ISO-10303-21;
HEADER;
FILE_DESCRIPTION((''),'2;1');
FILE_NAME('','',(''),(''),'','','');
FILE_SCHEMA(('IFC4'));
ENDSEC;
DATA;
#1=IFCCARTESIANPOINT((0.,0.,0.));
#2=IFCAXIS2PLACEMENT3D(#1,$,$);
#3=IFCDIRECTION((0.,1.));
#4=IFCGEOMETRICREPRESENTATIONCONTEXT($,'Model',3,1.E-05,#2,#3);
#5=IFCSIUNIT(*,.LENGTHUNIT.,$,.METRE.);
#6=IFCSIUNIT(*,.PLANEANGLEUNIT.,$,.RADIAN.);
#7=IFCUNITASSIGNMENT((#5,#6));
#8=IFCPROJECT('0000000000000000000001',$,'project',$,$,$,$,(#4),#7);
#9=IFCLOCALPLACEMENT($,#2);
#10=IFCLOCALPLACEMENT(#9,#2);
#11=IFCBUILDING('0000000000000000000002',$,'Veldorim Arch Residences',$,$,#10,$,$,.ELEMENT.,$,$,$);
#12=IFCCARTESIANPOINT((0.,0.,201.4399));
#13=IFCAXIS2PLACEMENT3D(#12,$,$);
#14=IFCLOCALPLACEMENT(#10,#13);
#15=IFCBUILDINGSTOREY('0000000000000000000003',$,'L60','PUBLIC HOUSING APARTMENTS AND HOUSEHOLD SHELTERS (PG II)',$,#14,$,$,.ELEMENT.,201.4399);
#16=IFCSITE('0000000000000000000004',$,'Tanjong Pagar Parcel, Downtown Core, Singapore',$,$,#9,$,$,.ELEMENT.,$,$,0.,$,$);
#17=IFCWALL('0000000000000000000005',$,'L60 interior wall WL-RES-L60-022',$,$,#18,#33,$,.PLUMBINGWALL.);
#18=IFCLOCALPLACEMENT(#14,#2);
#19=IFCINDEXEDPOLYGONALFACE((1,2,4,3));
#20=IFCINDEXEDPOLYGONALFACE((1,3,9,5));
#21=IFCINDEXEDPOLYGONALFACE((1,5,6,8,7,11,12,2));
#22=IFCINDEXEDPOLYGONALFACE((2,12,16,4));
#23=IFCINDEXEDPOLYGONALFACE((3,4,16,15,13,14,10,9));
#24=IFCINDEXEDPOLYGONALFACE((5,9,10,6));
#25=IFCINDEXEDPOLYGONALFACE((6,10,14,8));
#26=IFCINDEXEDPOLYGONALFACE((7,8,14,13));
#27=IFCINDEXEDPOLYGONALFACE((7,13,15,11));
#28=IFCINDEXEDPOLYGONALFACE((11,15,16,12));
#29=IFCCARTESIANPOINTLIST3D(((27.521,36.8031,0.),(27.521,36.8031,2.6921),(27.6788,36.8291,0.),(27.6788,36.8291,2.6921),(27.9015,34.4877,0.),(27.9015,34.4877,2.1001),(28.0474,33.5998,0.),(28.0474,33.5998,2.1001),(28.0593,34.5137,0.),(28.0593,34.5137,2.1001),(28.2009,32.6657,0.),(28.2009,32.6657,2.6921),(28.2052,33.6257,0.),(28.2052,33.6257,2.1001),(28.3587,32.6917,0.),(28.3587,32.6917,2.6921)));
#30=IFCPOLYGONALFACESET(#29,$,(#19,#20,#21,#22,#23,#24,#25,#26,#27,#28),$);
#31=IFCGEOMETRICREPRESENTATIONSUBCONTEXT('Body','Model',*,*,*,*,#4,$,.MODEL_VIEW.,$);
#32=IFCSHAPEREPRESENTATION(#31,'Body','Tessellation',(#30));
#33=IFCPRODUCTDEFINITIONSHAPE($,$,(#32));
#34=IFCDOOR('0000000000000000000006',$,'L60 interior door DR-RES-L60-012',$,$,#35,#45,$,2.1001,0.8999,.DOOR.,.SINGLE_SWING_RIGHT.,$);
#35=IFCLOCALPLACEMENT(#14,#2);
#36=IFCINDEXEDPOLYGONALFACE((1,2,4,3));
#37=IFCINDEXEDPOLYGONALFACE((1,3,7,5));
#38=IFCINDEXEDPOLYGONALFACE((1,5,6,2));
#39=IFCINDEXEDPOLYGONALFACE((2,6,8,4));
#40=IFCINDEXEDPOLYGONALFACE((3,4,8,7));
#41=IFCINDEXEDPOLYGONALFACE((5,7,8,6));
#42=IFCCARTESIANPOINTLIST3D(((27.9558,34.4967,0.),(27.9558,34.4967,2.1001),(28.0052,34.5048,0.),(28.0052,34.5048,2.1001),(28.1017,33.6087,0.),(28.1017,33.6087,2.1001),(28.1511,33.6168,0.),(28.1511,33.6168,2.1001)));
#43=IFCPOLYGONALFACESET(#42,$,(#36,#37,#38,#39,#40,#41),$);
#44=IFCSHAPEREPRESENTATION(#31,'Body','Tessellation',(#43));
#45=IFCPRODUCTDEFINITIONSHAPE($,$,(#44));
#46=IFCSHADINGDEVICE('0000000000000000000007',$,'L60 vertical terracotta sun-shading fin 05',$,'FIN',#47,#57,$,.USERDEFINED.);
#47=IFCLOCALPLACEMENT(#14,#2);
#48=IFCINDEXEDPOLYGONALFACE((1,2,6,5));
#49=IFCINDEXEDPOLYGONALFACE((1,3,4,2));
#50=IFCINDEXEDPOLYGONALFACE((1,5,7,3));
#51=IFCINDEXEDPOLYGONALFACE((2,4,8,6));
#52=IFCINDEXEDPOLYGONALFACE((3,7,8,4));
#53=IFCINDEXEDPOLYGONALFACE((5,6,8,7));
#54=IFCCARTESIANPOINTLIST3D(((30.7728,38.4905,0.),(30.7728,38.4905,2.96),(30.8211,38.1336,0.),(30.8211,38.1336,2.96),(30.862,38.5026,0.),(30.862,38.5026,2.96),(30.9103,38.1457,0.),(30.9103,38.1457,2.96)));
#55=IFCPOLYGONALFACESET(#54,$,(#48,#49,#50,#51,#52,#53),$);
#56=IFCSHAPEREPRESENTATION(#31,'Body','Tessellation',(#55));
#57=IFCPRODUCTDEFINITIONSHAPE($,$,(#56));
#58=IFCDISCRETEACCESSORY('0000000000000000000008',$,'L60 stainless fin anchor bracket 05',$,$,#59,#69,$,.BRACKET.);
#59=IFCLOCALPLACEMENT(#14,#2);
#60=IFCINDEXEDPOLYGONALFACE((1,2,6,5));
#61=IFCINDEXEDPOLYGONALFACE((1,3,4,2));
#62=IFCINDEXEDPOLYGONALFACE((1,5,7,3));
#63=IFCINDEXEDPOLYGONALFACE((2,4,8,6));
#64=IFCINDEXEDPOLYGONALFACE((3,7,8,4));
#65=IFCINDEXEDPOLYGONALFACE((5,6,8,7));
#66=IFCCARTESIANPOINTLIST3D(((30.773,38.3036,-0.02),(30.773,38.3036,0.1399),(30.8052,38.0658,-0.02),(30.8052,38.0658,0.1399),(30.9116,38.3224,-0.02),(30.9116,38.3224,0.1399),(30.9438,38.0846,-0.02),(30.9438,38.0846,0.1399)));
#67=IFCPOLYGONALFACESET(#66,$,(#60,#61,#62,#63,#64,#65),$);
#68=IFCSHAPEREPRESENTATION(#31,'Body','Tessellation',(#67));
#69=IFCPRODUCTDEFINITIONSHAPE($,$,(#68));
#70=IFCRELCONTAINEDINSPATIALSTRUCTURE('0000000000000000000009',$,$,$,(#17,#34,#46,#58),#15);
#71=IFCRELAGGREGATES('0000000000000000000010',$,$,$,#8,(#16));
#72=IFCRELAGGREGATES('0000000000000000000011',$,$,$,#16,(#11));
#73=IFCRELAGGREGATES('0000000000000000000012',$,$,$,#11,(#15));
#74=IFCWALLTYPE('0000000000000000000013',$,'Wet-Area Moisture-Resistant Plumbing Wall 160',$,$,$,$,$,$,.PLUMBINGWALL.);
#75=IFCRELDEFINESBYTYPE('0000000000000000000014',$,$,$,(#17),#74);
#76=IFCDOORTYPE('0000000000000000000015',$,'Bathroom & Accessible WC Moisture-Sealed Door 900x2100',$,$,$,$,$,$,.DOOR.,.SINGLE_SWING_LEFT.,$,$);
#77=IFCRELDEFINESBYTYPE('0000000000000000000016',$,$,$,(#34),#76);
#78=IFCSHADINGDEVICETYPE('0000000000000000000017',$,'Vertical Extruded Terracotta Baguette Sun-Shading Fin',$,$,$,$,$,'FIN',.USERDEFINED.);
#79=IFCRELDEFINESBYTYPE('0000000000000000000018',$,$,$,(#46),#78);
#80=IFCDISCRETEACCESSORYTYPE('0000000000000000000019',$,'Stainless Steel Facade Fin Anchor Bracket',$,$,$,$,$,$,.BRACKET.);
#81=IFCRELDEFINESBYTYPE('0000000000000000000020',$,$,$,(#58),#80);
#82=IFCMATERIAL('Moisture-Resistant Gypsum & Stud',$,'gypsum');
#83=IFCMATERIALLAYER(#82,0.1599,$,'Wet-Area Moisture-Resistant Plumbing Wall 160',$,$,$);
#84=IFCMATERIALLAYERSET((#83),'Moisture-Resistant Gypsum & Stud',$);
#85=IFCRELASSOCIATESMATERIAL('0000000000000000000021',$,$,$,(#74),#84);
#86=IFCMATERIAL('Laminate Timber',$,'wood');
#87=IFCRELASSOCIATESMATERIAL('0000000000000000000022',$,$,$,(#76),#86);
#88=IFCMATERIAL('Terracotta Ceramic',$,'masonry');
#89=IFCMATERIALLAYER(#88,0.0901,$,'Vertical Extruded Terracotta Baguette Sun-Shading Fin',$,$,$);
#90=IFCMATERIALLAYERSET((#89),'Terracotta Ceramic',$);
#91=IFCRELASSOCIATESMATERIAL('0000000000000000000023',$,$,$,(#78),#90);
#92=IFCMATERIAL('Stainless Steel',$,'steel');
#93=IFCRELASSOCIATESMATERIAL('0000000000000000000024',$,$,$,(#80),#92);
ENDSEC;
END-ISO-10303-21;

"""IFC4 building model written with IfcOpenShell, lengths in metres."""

from ifc_helpers import new_model, si_unit, direction, frame, frame_2d, origin, origin_2d, place, context, subcontext, project, spatial, rectangle, extrude, material, layer, layer_set, type_object, element, fill, save


model = new_model("IFC4")

# Units and contexts
model_context = context("Model", 3, precision=1e-05, world=origin(), true_north=direction((0.0, 1.0)))
body_context = subcontext(model_context, "Body", "Model", "MODEL_VIEW")
ifc_project = project(units=[si_unit("LENGTHUNIT", "METRE"), si_unit("PLANEANGLEUNIT", "RADIAN")], contexts=[model_context])

# Site, building, storey
site_placement = place(None, origin())
site = spatial("IfcSite", under=ifc_project, at=site_placement, Name="Tanjong Pagar Parcel, Downtown Core, Singapore", CompositionType="ELEMENT", RefElevation=0.0)
building_placement = place(site_placement, origin())
building = spatial("IfcBuilding", under=site, at=building_placement, Name="Veldorim Arch Residences", CompositionType="ELEMENT")
storey_placement = place(building_placement, frame((0.0, 0.0, 201.4399)))
storey = spatial("IfcBuildingStorey", under=building, at=storey_placement, Name="L60", Description="PUBLIC HOUSING APARTMENTS AND HOUSEHOLD SHELTERS (PG II)", CompositionType="ELEMENT", Elevation=201.4399)

# Wall, opening, door
ifc_material_1 = material(Name="Moisture-Resistant Gypsum & Stud", Category="gypsum")
ifc_layer_1 = layer(ifc_material_1, 0.1599, Name="Wet-Area Moisture-Resistant Plumbing Wall 160")
ifc_layer_set_1 = layer_set([ifc_layer_1], Name="Moisture-Resistant Gypsum & Stud")
wall_type_1 = type_object("IfcWallType", Name="Wet-Area Moisture-Resistant Plumbing Wall 160", PredefinedType="PLUMBINGWALL", material=ifc_layer_set_1)
wall_1_placement = place(storey_placement, frame((28.2798, 32.6787, 0.0), z_axis=(0.0, 0.0, 1.0), x_axis=(-0.162161, 0.986764, 0.0)))
wall_1 = element("IfcWall", 1, at=wall_1_placement, inside=storey, type_object=wall_type_1, Name="L60 interior wall WL-RES-L60-022", PredefinedType="PLUMBINGWALL", context=body_context, shape_type="SweptSolid", body=[
    extrude(rectangle(XDim=4.1929, YDim=0.1599, at=frame_2d((2.0964, 0.0))), origin(), (0.0, 0.0, 1.0), 2.6921),
])
opening_1_placement = place(wall_1_placement, frame((0.9465, 0.0, 0.0)))
opening_1 = element("IfcOpeningElement", 2, at=opening_1_placement, cuts=wall_1, PredefinedType="OPENING", context=body_context, shape_type="SweptSolid", body=[
    extrude(rectangle(XDim=0.8999, YDim=2.1001, at=frame_2d((0.45, 1.05))), frame((0.0, 0.0898, 0.0), z_axis=(0.0, -1.0, 0.0), x_axis=(1.0, 0.0, 0.0)), (0.0, 0.0, 1.0), 0.1799),
])
ifc_material_2 = material(Name="Laminate Timber", Category="wood")
door_type_1 = type_object("IfcDoorType", Name="Bathroom & Accessible WC Moisture-Sealed Door 900x2100", OperationType="SINGLE_SWING_LEFT", PredefinedType="DOOR", material=ifc_material_2)
door_1_placement = place(opening_1_placement, origin())
door_1 = element("IfcDoor", 3, at=door_1_placement, inside=storey, type_object=door_type_1, Name="L60 interior door DR-RES-L60-012", OperationType="SINGLE_SWING_RIGHT", OverallHeight=2.1001, OverallWidth=0.8999, PredefinedType="DOOR", context=body_context, shape_type="SweptSolid", body=[
    extrude(rectangle(XDim=0.8999, YDim=2.1001, at=frame_2d((0.45, 1.05))), frame((0.0, 0.0249, 0.0), z_axis=(0.0, -1.0, 0.0), x_axis=(1.0, 0.0, 0.0)), (0.0, 0.0, 1.0), 0.05),
])
fill(opening_1, door_1)

# Shading device
ifc_material_3 = material(Name="Terracotta Ceramic", Category="masonry")
ifc_layer_2 = layer(ifc_material_3, 0.0901, Name="Vertical Extruded Terracotta Baguette Sun-Shading Fin")
ifc_layer_set_2 = layer_set([ifc_layer_2], Name="Terracotta Ceramic")
shading_device_type = type_object("IfcShadingDeviceType", Name="Vertical Extruded Terracotta Baguette Sun-Shading Fin", ElementType="FIN", PredefinedType="USERDEFINED", material=ifc_layer_set_2)
shading_device_placement = place(storey_placement, frame((30.8416, 38.3181, 0.0), z_axis=(0.0, 0.0, 1.0), x_axis=(0.99096, 0.134159, 0.0)))
element("IfcShadingDevice", 4, at=shading_device_placement, inside=storey, type_object=shading_device_type, Name="L60 vertical terracotta sun-shading fin 05", ObjectType="FIN", PredefinedType="USERDEFINED", context=body_context, shape_type="SweptSolid", body=[
    extrude(rectangle(XDim=0.0901, YDim=0.3601, at=origin_2d()), origin(), (0.0, 0.0, 1.0), 2.96),
])

# Discrete accessory
ifc_material_4 = material(Name="Stainless Steel", Category="steel")
discrete_accessory_type = type_object("IfcDiscreteAccessoryType", Name="Stainless Steel Facade Fin Anchor Bracket", PredefinedType="BRACKET", material=ifc_material_4)
discrete_accessory_placement = place(storey_placement, frame((30.8584, 38.1941, -0.02), z_axis=(0.0, 0.0, 1.0), x_axis=(0.99096, 0.134159, 0.0)))
element("IfcDiscreteAccessory", 5, at=discrete_accessory_placement, inside=storey, type_object=discrete_accessory_type, Name="L60 stainless fin anchor bracket 05", PredefinedType="BRACKET", context=body_context, shape_type="SweptSolid", body=[
    extrude(rectangle(XDim=0.1399, YDim=0.24, at=origin_2d()), origin(), (0.0, 0.0, 1.0), 0.1599),
])

save(model, "model.ifc")
